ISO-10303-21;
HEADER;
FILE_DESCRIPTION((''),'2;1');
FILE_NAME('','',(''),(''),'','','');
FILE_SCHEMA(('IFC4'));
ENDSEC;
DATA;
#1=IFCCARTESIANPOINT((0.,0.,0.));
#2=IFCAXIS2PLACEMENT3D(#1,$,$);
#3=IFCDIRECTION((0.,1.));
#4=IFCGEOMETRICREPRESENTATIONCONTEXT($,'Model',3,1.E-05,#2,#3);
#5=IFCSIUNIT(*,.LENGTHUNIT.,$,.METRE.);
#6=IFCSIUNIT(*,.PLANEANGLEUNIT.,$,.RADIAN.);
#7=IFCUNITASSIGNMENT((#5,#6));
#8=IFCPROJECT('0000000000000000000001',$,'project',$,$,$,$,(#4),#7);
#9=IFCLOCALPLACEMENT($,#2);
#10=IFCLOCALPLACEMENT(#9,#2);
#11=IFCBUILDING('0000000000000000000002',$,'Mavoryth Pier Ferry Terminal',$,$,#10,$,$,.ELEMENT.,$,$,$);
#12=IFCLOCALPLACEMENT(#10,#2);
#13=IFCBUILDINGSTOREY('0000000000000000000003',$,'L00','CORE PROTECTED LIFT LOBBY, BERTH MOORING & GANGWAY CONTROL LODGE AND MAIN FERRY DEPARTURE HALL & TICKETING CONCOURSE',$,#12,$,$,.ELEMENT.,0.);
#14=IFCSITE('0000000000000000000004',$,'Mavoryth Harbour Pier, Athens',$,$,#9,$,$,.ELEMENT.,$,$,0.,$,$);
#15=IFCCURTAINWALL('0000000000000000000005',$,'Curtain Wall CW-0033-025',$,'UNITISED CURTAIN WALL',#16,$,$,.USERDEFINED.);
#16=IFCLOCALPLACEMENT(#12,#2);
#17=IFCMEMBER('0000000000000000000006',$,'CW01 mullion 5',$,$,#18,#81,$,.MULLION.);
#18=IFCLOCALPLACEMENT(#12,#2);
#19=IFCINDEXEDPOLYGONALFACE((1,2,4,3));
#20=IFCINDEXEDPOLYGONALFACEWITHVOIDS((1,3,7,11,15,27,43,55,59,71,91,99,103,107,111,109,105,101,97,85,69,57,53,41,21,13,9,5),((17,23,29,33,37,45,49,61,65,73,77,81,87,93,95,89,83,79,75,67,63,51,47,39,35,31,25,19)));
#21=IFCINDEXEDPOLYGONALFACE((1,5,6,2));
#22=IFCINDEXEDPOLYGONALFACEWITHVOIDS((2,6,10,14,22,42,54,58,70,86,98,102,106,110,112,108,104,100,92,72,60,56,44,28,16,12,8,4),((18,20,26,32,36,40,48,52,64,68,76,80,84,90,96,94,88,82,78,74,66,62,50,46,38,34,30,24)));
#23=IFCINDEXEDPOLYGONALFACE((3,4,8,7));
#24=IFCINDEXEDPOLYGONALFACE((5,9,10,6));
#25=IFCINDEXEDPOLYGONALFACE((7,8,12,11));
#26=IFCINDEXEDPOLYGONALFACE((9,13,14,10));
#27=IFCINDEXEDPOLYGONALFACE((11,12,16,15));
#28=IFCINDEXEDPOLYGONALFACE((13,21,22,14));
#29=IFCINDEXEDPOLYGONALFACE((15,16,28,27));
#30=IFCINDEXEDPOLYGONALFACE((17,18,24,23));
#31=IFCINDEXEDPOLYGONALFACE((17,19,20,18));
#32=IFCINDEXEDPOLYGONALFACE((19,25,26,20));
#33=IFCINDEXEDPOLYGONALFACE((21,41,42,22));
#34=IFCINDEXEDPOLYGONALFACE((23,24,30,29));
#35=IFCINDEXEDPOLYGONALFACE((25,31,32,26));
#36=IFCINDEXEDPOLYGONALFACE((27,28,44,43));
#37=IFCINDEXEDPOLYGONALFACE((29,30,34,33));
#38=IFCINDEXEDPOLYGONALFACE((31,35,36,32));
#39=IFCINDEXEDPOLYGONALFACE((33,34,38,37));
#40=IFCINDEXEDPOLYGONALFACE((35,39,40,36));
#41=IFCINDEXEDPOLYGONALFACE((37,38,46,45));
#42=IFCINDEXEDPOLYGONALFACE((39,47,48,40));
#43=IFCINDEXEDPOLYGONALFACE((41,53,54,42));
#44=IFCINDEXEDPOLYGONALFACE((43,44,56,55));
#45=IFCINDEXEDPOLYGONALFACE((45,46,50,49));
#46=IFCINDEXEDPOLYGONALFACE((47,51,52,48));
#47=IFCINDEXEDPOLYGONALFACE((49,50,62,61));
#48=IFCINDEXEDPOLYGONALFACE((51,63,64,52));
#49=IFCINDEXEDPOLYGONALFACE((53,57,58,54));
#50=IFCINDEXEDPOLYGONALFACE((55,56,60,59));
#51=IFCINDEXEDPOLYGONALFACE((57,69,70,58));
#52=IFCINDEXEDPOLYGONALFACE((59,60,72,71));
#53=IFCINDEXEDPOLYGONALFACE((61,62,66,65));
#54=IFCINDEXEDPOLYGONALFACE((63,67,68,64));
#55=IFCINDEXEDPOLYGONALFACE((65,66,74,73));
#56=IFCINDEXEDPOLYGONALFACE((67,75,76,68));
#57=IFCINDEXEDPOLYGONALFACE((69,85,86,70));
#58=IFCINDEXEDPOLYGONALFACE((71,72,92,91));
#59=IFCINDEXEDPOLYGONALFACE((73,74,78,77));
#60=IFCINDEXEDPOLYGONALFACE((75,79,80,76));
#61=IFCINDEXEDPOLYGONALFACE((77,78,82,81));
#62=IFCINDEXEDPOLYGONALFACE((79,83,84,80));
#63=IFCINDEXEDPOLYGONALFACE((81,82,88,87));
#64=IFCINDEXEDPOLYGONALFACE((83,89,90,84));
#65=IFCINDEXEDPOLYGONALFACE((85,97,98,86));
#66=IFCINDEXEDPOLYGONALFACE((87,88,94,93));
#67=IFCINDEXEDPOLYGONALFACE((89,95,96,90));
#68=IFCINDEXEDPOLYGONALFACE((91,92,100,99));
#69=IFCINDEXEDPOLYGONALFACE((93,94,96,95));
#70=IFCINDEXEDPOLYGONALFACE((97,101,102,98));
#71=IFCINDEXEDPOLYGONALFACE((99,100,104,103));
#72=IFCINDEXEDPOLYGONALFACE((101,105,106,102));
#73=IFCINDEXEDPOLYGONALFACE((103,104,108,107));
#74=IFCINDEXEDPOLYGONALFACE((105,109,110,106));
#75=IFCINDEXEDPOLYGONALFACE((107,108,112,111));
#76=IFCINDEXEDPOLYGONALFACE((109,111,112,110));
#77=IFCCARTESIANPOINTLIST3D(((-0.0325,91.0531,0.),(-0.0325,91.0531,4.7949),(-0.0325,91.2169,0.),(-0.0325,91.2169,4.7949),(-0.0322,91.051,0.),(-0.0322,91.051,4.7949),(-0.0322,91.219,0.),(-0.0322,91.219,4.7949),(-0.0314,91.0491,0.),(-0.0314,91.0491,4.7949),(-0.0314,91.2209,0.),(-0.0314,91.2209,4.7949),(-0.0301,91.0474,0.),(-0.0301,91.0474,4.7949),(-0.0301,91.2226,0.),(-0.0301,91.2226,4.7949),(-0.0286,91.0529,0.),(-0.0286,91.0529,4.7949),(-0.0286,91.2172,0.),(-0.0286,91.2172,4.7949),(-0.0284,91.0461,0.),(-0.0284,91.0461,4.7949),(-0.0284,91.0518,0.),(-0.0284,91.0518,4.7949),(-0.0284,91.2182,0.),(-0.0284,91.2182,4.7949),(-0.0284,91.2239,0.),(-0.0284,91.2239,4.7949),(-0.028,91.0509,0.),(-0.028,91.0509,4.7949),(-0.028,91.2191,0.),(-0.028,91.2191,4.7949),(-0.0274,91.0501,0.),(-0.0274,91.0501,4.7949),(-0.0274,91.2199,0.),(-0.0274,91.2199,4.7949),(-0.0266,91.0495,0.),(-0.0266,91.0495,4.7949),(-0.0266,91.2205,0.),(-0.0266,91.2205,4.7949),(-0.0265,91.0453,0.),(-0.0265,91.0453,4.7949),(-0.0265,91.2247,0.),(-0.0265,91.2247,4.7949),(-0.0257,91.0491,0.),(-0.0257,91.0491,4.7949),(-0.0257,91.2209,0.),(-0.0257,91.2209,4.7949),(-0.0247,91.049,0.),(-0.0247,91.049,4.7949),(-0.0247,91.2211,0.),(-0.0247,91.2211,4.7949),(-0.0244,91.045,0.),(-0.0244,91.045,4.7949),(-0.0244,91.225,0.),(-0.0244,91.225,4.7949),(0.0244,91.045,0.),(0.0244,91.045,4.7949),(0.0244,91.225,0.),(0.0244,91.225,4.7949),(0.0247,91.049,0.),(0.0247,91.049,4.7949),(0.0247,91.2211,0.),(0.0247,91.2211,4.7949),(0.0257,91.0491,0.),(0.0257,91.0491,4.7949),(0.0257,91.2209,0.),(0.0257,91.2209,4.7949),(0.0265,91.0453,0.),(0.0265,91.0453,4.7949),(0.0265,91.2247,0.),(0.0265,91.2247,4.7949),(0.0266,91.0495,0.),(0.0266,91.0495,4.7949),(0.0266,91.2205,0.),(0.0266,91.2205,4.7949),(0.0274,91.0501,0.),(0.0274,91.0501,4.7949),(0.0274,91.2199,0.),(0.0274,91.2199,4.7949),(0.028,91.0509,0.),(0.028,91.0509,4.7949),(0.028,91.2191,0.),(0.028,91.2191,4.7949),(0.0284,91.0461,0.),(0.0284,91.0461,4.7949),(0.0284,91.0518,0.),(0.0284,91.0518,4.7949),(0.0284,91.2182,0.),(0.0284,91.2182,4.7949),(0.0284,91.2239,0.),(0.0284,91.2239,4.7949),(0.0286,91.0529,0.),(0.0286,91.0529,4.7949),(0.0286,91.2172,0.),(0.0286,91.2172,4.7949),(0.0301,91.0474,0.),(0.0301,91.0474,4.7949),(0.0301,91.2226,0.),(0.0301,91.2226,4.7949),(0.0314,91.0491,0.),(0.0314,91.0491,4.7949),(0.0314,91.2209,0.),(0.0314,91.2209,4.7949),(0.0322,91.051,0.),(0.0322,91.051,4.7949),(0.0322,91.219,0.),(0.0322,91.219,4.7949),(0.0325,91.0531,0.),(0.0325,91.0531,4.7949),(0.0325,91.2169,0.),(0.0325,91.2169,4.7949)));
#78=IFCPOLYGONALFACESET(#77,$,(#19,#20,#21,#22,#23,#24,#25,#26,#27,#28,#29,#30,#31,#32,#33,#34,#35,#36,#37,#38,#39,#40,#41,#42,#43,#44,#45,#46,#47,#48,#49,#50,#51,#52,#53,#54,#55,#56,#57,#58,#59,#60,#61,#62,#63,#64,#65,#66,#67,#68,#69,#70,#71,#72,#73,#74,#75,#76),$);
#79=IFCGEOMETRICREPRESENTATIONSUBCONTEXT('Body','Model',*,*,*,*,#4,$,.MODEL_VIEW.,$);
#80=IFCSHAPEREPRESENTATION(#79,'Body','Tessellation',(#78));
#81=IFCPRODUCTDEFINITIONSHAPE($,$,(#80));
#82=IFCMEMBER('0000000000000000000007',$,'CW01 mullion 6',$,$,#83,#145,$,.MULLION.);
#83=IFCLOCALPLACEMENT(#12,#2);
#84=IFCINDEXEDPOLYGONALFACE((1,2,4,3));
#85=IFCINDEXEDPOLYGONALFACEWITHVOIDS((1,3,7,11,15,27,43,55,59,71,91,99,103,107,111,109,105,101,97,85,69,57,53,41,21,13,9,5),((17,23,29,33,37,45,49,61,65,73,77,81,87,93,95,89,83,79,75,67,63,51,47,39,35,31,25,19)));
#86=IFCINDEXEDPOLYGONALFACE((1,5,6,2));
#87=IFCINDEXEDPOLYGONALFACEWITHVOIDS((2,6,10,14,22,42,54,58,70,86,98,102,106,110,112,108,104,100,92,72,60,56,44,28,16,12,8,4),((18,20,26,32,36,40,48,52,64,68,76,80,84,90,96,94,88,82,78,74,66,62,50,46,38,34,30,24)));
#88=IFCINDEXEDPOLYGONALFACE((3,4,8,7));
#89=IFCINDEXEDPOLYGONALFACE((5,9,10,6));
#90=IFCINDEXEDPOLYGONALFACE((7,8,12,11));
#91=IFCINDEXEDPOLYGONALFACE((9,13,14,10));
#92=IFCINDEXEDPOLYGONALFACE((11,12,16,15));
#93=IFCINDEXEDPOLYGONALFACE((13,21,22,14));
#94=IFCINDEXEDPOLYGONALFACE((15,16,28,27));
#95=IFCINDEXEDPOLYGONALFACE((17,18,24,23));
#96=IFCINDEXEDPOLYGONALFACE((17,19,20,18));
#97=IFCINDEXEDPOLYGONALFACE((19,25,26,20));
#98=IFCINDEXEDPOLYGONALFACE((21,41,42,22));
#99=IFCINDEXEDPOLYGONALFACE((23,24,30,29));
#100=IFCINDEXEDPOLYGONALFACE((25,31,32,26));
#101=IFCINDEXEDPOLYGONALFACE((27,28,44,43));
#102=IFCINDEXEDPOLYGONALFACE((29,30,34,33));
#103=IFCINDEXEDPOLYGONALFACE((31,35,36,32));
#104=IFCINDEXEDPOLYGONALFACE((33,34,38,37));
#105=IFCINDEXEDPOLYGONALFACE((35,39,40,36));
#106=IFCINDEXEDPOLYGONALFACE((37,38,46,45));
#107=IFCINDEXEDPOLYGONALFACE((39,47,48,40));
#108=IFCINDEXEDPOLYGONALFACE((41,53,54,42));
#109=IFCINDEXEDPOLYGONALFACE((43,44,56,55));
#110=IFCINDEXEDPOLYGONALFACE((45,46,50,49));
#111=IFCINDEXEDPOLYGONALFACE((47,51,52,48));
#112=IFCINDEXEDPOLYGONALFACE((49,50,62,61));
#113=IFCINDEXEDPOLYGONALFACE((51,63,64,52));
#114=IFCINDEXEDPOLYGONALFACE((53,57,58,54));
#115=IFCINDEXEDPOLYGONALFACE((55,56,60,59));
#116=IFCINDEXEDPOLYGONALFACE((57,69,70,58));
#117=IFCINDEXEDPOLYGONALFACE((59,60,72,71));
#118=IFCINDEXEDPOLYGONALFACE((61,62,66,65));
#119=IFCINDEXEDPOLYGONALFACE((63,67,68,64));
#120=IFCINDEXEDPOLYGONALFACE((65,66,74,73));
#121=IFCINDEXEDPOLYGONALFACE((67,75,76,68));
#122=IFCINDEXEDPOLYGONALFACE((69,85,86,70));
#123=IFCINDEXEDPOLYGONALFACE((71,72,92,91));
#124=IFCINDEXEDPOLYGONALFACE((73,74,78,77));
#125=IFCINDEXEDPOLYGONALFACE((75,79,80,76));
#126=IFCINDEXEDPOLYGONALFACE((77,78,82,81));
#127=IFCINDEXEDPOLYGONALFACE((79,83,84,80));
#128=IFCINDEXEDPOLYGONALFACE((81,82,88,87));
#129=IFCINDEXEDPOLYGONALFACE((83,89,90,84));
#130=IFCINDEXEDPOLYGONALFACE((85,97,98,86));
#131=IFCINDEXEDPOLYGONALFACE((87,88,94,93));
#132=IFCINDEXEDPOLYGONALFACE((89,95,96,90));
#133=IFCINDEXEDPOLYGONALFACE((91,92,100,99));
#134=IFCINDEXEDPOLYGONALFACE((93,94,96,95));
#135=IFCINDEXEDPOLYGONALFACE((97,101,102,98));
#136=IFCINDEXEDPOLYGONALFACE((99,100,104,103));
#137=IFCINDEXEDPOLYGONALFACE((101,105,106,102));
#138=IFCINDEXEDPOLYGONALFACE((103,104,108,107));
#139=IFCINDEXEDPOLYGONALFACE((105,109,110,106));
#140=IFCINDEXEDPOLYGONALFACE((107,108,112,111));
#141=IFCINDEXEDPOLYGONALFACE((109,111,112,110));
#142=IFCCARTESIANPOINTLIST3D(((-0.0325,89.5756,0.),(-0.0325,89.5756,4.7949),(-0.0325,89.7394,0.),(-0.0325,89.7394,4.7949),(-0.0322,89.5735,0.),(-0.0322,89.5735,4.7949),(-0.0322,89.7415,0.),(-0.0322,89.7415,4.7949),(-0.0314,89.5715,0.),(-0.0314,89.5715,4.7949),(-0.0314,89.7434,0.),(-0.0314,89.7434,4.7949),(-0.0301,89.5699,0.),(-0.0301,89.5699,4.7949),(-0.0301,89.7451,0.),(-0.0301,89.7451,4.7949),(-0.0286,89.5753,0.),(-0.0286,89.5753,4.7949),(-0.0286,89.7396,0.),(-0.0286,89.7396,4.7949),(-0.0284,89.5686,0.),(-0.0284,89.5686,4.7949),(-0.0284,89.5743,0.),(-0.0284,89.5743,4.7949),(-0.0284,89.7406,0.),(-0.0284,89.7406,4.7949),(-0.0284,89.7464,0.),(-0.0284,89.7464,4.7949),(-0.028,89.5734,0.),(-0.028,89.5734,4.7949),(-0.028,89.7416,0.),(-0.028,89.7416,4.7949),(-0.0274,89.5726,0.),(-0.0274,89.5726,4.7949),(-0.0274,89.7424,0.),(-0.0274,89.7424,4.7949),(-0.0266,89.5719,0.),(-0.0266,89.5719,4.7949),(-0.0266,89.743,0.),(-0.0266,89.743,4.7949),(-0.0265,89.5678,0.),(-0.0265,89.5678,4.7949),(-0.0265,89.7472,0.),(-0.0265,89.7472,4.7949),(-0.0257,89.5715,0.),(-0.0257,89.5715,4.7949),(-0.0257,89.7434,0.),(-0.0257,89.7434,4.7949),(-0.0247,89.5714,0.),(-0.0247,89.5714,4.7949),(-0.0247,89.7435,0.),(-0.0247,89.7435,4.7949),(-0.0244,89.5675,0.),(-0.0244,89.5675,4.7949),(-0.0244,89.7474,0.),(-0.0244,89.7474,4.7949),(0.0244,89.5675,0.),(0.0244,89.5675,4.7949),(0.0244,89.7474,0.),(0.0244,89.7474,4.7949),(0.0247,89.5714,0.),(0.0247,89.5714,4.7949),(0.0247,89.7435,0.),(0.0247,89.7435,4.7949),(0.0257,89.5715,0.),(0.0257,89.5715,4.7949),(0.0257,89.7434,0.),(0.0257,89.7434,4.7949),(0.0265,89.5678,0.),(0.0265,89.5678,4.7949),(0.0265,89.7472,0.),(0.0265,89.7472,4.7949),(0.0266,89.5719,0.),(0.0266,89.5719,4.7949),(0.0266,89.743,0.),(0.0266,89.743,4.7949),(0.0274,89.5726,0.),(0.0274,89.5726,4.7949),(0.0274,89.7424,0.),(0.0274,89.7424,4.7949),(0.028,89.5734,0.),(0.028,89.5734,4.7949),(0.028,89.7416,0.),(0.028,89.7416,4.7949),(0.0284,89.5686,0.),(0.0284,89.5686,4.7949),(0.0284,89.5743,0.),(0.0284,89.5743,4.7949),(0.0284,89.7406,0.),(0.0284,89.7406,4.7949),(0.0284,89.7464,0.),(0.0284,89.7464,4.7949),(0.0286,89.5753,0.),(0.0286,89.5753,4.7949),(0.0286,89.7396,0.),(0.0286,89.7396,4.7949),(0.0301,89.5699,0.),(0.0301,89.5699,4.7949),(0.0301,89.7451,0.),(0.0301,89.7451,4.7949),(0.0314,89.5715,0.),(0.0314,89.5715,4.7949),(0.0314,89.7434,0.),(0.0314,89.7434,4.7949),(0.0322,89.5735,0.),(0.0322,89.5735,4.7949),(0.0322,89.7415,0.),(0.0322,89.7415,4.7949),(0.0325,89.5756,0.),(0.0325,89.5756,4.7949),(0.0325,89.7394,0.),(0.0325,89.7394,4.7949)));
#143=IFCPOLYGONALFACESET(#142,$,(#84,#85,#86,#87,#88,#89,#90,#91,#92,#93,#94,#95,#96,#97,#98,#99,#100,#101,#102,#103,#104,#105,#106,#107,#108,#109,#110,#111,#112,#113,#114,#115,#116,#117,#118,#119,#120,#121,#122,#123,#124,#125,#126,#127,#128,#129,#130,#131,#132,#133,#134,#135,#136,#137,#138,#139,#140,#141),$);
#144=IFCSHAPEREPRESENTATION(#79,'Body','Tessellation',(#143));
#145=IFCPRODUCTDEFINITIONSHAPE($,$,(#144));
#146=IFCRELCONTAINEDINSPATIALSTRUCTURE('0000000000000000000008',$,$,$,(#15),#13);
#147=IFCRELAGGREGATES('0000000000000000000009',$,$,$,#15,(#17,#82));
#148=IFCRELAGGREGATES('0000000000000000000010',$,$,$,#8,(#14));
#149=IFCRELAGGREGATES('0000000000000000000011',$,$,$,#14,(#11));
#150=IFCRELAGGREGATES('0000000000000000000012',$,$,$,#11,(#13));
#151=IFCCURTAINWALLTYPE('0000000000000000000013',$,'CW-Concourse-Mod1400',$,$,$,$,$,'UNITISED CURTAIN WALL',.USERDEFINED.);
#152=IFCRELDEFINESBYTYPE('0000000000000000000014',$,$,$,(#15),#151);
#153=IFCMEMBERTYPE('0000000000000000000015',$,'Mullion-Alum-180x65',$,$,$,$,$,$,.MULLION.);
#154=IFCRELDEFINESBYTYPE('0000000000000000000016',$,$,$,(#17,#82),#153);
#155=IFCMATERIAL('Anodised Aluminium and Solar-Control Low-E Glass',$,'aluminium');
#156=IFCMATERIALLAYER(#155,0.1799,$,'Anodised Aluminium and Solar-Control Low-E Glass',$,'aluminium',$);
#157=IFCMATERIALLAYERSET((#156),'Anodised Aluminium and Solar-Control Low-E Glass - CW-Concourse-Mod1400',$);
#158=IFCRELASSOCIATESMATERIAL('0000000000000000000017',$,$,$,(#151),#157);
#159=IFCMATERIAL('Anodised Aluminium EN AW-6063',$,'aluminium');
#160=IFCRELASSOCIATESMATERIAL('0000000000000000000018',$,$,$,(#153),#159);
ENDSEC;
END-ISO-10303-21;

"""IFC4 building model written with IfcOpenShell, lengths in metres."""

from ifc_helpers import new_model, si_unit, direction, frame, origin, origin_2d, place, context, subcontext, project, spatial, hollow_rectangle, extrude, material, layer, layer_set, material_profile, profile_set, type_object, element, aggregate, save


model = new_model("IFC4")

# Units and contexts
model_context = context("Model", 3, precision=1e-05, world=origin(), true_north=direction((0.0, 1.0)))
body_context = subcontext(model_context, "Body", "Model", "MODEL_VIEW")
ifc_project = project(units=[si_unit("LENGTHUNIT", "METRE"), si_unit("PLANEANGLEUNIT", "RADIAN")], contexts=[model_context])

# Site, building, storey
site_placement = place(None, origin())
site = spatial("IfcSite", under=ifc_project, at=site_placement, Name="Mavoryth Harbour Pier, Athens", CompositionType="ELEMENT", RefElevation=0.0)
building_placement = place(site_placement, origin())
building = spatial("IfcBuilding", under=site, at=building_placement, Name="Mavoryth Pier Ferry Terminal", CompositionType="ELEMENT")
storey_placement = place(building_placement, origin())
storey = spatial("IfcBuildingStorey", under=building, at=storey_placement, Name="L00", Description="CORE PROTECTED LIFT LOBBY, BERTH MOORING & GANGWAY CONTROL LODGE AND MAIN FERRY DEPARTURE HALL & TICKETING CONCOURSE", CompositionType="ELEMENT", Elevation=0.0)

# Curtain wall, members
ifc_material_1 = material(Name="Anodised Aluminium and Solar-Control Low-E Glass", Category="aluminium")
ifc_layer_1 = layer(ifc_material_1, 0.1799, Name="Anodised Aluminium and Solar-Control Low-E Glass", Category="aluminium")
ifc_layer_set_1 = layer_set([ifc_layer_1], Name="Anodised Aluminium and Solar-Control Low-E Glass - CW-Concourse-Mod1400")
curtain_wall_type = type_object("IfcCurtainWallType", Name="CW-Concourse-Mod1400", ElementType="UNITISED CURTAIN WALL", PredefinedType="USERDEFINED", material=ifc_layer_set_1)
curtain_wall_placement = place(storey_placement, origin())
curtain_wall = element("IfcCurtainWall", 1, at=curtain_wall_placement, inside=storey, type_object=curtain_wall_type, Name="Curtain Wall CW-0033-025", ObjectType="UNITISED CURTAIN WALL", PredefinedType="USERDEFINED")
ifc_material_2 = material(Name="Anodised Aluminium EN AW-6063", Category="aluminium")
ifc_material_profile_1 = material_profile(ifc_material_2, hollow_rectangle(XDim=0.0649, YDim=0.1799, WallThickness=0.0039, InnerFilletRadius=0.0039, OuterFilletRadius=0.0081, at=origin_2d()), Name="AL-MULL 180x65x4", Category="aluminium")
ifc_profile_set_1 = profile_set([ifc_material_profile_1], Name="Anodised Aluminium EN AW-6063 - AL-MULL 180x65x4")
member_type_1 = type_object("IfcMemberType", Name="Mullion-Alum-180x65", PredefinedType="MULLION", material=ifc_profile_set_1)
member_1_placement = place(storey_placement, frame((0.0, 91.135, 0.0), z_axis=(0.0, 0.0, 1.0), x_axis=(1.0, 0.0, 0.0)))
member_1 = element("IfcMember", 2, at=member_1_placement, type_object=member_type_1, Name="CW01 mullion 5", PredefinedType="MULLION", context=body_context, shape_type="SweptSolid", body=[
    extrude(hollow_rectangle(XDim=0.0649, YDim=0.1799, WallThickness=0.0039, InnerFilletRadius=0.0039, OuterFilletRadius=0.0081, at=origin_2d()), origin(), (0.0, 0.0, 1.0), 4.7949),
])
member_2_placement = place(storey_placement, frame((0.0, 89.6575, 0.0), z_axis=(0.0, 0.0, 1.0), x_axis=(1.0, 0.0, 0.0)))
member_2 = element("IfcMember", 3, at=member_2_placement, type_object=member_type_1, Name="CW01 mullion 6", PredefinedType="MULLION", context=body_context, shape_type="SweptSolid", body=[
    extrude(hollow_rectangle(XDim=0.0649, YDim=0.1799, WallThickness=0.0039, InnerFilletRadius=0.0039, OuterFilletRadius=0.0081, at=origin_2d()), origin(), (0.0, 0.0, 1.0), 4.7949),
])
aggregate(curtain_wall, [member_1, member_2])

save(model, "model.ifc")
